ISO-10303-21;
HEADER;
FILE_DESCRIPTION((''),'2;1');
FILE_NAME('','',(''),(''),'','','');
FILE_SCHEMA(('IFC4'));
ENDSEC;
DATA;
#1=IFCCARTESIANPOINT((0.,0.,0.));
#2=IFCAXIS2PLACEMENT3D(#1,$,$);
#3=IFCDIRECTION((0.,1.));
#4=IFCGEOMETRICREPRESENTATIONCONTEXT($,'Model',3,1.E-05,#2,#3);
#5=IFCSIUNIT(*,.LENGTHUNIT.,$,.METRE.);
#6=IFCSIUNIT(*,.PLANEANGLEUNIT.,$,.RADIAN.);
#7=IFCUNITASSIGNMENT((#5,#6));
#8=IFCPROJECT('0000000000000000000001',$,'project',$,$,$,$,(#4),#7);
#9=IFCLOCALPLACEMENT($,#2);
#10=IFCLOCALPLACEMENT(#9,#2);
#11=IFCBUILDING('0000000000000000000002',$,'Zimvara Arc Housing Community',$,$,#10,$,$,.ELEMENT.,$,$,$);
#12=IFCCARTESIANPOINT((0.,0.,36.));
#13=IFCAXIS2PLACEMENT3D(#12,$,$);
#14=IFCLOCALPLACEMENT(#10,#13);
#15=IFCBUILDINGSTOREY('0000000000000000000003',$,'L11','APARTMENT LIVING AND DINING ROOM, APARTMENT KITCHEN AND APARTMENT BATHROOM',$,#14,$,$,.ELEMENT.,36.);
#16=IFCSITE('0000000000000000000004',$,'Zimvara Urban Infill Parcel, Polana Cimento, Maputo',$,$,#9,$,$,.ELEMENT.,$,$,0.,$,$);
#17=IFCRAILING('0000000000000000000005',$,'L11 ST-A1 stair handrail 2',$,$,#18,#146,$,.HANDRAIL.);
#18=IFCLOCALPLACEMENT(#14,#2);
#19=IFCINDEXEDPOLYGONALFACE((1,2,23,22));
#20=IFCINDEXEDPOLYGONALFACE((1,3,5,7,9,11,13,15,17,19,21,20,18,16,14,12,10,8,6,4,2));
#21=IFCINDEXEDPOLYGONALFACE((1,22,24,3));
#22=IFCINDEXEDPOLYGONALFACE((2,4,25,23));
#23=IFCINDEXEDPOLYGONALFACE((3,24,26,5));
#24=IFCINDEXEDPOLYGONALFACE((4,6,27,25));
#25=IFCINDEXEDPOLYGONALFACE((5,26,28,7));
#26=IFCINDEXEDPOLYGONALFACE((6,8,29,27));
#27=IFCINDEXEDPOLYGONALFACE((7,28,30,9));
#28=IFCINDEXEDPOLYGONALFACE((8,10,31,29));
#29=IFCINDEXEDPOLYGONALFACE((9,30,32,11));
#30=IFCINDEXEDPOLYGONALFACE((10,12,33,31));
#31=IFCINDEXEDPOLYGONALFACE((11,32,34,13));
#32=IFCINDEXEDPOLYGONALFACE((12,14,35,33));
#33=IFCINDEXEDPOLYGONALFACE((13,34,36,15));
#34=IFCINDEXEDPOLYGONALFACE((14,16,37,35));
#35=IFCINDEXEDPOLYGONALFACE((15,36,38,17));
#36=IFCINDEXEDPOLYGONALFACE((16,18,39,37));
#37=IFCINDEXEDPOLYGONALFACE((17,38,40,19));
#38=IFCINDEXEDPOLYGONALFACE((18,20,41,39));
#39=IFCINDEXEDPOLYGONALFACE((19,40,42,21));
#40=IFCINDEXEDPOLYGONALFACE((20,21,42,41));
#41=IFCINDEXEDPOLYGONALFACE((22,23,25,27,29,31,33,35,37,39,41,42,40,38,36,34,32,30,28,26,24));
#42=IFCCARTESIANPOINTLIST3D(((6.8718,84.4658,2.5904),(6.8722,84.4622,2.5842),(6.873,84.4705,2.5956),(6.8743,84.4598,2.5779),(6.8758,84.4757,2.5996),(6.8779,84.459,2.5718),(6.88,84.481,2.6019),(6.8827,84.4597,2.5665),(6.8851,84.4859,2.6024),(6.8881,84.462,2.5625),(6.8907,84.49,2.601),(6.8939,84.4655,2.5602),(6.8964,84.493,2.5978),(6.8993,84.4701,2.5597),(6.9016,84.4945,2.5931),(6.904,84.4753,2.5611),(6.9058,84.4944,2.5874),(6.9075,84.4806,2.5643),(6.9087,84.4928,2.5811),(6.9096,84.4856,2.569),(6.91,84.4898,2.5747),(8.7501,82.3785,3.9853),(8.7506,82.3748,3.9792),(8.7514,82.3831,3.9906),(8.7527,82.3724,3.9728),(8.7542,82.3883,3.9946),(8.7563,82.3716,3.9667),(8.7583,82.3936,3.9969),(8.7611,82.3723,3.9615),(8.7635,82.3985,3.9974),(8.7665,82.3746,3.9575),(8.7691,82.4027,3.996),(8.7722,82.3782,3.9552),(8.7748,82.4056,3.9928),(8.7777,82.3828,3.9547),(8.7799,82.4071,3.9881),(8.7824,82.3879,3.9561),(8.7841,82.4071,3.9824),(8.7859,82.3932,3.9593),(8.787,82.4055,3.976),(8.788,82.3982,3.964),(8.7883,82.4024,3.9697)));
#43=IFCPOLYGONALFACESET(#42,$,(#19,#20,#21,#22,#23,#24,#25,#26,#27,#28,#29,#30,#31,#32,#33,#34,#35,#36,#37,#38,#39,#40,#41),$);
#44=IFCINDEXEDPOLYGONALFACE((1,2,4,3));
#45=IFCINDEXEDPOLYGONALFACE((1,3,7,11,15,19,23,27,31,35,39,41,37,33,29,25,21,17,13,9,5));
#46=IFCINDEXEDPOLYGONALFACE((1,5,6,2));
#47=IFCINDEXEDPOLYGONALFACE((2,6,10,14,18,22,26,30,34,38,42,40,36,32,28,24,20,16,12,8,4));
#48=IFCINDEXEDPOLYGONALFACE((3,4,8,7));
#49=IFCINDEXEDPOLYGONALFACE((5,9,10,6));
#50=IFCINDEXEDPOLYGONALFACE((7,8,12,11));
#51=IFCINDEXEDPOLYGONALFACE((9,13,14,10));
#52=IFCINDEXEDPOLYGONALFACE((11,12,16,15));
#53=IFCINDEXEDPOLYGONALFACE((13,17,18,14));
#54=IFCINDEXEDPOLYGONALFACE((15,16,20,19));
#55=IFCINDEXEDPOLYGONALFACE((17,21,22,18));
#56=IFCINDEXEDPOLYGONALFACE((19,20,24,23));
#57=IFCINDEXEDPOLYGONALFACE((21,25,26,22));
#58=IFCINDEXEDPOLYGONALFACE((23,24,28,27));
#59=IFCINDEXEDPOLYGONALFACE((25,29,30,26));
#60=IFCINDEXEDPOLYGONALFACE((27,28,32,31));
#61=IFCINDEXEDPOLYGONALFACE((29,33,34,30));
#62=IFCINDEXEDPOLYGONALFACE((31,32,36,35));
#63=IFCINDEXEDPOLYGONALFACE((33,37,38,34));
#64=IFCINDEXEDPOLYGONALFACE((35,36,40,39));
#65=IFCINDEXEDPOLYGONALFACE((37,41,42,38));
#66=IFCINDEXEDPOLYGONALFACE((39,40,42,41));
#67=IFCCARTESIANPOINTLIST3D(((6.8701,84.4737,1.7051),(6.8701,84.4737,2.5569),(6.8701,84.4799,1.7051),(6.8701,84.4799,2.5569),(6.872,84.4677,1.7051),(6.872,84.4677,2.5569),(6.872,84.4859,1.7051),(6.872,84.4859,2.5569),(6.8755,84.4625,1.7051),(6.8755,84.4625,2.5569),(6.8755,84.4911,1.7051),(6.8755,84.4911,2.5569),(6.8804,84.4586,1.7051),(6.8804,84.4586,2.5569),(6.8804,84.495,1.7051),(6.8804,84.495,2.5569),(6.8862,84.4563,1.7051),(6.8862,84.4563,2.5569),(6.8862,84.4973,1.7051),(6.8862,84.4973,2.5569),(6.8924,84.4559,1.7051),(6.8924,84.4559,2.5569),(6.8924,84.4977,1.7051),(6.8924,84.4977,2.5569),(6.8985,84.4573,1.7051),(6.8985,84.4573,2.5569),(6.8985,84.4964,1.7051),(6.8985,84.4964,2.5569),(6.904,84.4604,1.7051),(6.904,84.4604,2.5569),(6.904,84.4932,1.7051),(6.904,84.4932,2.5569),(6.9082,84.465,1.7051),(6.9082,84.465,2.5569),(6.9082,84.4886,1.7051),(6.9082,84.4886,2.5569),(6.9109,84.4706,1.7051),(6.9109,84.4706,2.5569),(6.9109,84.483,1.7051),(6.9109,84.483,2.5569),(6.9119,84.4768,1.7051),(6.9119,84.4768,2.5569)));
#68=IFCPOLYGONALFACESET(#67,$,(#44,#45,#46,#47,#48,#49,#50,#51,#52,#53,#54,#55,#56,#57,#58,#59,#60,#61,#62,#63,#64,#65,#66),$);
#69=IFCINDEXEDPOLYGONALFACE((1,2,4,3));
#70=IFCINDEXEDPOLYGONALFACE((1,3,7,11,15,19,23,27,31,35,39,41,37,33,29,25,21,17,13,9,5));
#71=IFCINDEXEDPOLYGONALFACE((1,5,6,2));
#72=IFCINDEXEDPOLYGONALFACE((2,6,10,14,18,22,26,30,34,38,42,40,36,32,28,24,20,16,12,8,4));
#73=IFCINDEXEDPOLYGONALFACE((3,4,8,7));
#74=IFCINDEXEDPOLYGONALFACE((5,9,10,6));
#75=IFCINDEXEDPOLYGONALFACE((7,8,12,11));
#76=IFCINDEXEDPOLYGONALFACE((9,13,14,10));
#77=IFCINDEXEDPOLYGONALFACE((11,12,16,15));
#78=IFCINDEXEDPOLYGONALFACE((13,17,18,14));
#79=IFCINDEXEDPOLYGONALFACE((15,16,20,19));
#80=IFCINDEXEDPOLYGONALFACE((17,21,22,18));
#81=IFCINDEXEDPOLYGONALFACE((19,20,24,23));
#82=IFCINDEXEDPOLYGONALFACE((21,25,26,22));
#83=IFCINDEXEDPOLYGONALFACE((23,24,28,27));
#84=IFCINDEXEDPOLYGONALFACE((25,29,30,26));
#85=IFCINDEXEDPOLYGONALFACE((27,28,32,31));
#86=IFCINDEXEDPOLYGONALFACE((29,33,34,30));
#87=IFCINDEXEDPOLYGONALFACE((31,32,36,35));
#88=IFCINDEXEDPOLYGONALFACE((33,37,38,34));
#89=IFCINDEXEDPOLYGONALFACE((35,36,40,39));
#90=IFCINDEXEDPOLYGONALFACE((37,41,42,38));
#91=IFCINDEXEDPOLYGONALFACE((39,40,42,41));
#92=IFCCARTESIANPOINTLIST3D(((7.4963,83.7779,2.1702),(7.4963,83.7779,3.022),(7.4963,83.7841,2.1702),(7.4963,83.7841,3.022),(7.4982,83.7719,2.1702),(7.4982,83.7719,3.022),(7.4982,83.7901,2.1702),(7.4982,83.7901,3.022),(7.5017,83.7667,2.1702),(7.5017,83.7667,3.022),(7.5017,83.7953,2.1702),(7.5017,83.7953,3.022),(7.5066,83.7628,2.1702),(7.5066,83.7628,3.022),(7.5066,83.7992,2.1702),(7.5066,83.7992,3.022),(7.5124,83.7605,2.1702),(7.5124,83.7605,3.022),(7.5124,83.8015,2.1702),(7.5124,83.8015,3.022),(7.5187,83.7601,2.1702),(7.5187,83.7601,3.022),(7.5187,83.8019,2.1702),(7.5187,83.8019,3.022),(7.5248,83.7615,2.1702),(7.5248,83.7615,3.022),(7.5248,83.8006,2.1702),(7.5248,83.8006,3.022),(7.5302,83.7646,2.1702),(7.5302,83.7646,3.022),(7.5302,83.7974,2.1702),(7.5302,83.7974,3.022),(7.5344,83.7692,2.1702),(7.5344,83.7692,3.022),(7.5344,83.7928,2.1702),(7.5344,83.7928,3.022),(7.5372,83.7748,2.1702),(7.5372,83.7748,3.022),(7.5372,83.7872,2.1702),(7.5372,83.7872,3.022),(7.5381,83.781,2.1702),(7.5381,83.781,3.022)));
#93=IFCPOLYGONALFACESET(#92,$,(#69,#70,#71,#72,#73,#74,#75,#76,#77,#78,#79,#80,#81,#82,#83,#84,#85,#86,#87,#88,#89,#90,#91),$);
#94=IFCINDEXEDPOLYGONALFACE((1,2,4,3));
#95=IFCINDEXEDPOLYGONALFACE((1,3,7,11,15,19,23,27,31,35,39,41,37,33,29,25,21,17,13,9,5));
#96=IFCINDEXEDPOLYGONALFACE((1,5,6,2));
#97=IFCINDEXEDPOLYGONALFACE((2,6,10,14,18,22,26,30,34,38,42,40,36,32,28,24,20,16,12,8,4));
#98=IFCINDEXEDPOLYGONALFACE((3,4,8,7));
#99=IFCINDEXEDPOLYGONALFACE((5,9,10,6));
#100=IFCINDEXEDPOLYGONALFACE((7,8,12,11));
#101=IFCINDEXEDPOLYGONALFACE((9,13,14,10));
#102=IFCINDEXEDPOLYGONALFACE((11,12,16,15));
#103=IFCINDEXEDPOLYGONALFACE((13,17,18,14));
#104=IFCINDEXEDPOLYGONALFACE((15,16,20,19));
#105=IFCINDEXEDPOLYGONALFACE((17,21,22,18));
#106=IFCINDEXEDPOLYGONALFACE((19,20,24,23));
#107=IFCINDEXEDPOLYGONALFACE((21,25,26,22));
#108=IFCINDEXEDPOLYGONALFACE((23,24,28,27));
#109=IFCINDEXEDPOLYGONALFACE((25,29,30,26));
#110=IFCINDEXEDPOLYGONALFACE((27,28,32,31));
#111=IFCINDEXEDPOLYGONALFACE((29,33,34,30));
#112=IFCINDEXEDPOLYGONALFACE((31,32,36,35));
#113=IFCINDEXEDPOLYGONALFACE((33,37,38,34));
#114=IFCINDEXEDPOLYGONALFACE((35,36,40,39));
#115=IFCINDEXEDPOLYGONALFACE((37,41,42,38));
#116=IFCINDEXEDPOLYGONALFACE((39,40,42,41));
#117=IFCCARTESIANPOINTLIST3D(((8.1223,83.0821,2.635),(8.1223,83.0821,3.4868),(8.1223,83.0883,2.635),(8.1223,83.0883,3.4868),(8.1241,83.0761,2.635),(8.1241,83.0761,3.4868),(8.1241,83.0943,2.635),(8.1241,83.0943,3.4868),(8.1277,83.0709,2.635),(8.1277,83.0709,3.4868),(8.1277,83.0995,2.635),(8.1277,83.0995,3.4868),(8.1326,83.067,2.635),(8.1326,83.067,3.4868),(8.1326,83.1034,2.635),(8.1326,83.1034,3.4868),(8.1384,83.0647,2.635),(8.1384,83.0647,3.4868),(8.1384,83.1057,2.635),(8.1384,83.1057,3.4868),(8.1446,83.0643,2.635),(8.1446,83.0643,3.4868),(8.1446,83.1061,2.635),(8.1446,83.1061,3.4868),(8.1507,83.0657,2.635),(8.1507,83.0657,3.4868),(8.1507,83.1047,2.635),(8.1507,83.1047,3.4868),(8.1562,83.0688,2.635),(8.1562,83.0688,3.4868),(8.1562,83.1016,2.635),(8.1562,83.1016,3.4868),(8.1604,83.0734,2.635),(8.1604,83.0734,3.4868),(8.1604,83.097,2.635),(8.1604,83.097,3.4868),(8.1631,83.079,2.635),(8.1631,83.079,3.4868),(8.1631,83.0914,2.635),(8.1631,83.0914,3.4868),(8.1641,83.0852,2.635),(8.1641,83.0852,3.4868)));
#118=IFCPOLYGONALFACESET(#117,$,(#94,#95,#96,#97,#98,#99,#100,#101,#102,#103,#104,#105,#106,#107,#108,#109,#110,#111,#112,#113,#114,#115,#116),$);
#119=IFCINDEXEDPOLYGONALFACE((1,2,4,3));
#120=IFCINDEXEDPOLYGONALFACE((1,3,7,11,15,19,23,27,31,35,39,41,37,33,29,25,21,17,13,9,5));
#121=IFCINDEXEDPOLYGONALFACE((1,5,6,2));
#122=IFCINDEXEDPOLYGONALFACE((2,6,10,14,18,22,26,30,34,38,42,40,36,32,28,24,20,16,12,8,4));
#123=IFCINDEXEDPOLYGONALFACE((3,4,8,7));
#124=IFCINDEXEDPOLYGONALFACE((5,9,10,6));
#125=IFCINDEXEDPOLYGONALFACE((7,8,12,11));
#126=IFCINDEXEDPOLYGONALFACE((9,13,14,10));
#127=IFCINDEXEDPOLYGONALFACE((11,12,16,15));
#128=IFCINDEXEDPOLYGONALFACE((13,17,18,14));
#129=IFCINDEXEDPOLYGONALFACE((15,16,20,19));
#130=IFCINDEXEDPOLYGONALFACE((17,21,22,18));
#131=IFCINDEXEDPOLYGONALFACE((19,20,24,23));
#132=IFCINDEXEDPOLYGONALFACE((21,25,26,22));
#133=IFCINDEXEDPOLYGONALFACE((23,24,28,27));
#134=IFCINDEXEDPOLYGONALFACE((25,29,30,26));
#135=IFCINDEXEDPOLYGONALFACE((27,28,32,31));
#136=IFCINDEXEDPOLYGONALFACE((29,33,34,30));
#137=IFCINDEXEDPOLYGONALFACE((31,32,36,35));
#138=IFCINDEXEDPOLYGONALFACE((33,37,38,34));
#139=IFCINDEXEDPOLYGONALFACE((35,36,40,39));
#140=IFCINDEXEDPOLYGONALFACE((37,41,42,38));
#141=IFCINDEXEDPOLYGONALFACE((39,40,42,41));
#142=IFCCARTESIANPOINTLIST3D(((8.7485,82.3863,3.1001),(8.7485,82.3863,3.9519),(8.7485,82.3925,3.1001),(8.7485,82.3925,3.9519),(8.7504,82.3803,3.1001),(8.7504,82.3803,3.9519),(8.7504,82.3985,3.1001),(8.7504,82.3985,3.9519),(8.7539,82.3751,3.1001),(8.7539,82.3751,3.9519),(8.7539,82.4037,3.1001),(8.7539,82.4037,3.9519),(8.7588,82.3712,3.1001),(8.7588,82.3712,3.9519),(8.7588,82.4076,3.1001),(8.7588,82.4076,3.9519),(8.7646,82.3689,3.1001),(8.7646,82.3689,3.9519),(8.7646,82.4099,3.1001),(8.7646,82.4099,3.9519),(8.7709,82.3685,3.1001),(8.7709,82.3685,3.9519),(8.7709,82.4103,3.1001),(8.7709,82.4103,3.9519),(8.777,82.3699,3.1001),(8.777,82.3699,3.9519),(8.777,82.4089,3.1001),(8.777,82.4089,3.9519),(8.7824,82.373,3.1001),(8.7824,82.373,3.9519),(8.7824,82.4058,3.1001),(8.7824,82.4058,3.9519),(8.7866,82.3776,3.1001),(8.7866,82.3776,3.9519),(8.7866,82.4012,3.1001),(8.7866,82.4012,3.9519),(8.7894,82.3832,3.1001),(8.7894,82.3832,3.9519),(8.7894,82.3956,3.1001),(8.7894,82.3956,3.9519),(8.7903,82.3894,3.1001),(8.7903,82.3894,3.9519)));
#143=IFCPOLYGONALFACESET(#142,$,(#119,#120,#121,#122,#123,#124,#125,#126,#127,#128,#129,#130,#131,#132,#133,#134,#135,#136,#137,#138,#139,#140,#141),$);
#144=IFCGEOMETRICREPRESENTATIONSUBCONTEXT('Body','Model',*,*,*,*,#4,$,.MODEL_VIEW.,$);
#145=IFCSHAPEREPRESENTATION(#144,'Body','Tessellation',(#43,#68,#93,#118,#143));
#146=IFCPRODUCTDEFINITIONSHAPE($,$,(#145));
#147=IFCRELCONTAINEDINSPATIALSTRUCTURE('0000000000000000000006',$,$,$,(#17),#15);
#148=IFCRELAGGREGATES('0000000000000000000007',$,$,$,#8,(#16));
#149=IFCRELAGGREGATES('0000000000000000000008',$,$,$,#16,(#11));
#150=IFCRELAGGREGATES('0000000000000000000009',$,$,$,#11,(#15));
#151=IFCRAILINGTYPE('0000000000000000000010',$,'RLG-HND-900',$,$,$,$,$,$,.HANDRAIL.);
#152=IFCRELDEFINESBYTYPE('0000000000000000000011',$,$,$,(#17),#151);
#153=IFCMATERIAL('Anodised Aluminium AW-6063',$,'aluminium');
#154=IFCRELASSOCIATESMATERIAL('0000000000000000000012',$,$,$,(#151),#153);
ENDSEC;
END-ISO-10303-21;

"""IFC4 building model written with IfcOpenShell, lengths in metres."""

from ifc_helpers import new_model, si_unit, direction, frame, origin, origin_2d, place, context, subcontext, project, spatial, circle, extrude, material, type_object, element, save


model = new_model("IFC4")

# Units and contexts
model_context = context("Model", 3, precision=1e-05, world=origin(), true_north=direction((0.0, 1.0)))
body_context = subcontext(model_context, "Body", "Model", "MODEL_VIEW")
ifc_project = project(units=[si_unit("LENGTHUNIT", "METRE"), si_unit("PLANEANGLEUNIT", "RADIAN")], contexts=[model_context])

# Site, building, storey
site_placement = place(None, origin())
site = spatial("IfcSite", under=ifc_project, at=site_placement, Name="Zimvara Urban Infill Parcel, Polana Cimento, Maputo", CompositionType="ELEMENT", RefElevation=0.0)
building_placement = place(site_placement, origin())
building = spatial("IfcBuilding", under=site, at=building_placement, Name="Zimvara Arc Housing Community", CompositionType="ELEMENT")
storey_placement = place(building_placement, frame((0.0, 0.0, 36.0)))
storey = spatial("IfcBuildingStorey", under=building, at=storey_placement, Name="L11", Description="APARTMENT LIVING AND DINING ROOM, APARTMENT KITCHEN AND APARTMENT BATHROOM", CompositionType="ELEMENT", Elevation=36.0)

# Railing
ifc_material_1 = material(Name="Anodised Aluminium AW-6063", Category="aluminium")
railing_type_1 = type_object("IfcRailingType", Name="RLG-HND-900", PredefinedType="HANDRAIL", material=ifc_material_1)
railing_1_placement = place(storey_placement, frame((6.8909, 84.4768, 1.7051)))
element("IfcRailing", 1, at=railing_1_placement, inside=storey, type_object=railing_type_1, Name="L11 ST-A1 stair handrail 2", PredefinedType="HANDRAIL", context=body_context, shape_type="SweptSolid", body=[
    extrude(circle(Radius=0.0239, at=origin_2d()), frame((0.0, 0.0, 0.876), z_axis=(0.599068, -0.665718, 0.444902), x_axis=(0.743337, 0.668917, 0.0)), (0.0, 0.0, 1.0), 3.1355),
    extrude(circle(Radius=0.021, at=origin_2d()), origin(), (0.0, 0.0, 1.0), 0.8518),
    extrude(circle(Radius=0.021, at=origin_2d()), frame((0.6262, -0.6958, 0.4651)), (0.0, 0.0, 1.0), 0.8518),
    extrude(circle(Radius=0.021, at=origin_2d()), frame((1.2522, -1.3916, 0.9299)), (0.0, 0.0, 1.0), 0.8518),
    extrude(circle(Radius=0.021, at=origin_2d()), frame((1.8784, -2.0874, 1.395)), (0.0, 0.0, 1.0), 0.8518),
])

save(model, "model.ifc")
